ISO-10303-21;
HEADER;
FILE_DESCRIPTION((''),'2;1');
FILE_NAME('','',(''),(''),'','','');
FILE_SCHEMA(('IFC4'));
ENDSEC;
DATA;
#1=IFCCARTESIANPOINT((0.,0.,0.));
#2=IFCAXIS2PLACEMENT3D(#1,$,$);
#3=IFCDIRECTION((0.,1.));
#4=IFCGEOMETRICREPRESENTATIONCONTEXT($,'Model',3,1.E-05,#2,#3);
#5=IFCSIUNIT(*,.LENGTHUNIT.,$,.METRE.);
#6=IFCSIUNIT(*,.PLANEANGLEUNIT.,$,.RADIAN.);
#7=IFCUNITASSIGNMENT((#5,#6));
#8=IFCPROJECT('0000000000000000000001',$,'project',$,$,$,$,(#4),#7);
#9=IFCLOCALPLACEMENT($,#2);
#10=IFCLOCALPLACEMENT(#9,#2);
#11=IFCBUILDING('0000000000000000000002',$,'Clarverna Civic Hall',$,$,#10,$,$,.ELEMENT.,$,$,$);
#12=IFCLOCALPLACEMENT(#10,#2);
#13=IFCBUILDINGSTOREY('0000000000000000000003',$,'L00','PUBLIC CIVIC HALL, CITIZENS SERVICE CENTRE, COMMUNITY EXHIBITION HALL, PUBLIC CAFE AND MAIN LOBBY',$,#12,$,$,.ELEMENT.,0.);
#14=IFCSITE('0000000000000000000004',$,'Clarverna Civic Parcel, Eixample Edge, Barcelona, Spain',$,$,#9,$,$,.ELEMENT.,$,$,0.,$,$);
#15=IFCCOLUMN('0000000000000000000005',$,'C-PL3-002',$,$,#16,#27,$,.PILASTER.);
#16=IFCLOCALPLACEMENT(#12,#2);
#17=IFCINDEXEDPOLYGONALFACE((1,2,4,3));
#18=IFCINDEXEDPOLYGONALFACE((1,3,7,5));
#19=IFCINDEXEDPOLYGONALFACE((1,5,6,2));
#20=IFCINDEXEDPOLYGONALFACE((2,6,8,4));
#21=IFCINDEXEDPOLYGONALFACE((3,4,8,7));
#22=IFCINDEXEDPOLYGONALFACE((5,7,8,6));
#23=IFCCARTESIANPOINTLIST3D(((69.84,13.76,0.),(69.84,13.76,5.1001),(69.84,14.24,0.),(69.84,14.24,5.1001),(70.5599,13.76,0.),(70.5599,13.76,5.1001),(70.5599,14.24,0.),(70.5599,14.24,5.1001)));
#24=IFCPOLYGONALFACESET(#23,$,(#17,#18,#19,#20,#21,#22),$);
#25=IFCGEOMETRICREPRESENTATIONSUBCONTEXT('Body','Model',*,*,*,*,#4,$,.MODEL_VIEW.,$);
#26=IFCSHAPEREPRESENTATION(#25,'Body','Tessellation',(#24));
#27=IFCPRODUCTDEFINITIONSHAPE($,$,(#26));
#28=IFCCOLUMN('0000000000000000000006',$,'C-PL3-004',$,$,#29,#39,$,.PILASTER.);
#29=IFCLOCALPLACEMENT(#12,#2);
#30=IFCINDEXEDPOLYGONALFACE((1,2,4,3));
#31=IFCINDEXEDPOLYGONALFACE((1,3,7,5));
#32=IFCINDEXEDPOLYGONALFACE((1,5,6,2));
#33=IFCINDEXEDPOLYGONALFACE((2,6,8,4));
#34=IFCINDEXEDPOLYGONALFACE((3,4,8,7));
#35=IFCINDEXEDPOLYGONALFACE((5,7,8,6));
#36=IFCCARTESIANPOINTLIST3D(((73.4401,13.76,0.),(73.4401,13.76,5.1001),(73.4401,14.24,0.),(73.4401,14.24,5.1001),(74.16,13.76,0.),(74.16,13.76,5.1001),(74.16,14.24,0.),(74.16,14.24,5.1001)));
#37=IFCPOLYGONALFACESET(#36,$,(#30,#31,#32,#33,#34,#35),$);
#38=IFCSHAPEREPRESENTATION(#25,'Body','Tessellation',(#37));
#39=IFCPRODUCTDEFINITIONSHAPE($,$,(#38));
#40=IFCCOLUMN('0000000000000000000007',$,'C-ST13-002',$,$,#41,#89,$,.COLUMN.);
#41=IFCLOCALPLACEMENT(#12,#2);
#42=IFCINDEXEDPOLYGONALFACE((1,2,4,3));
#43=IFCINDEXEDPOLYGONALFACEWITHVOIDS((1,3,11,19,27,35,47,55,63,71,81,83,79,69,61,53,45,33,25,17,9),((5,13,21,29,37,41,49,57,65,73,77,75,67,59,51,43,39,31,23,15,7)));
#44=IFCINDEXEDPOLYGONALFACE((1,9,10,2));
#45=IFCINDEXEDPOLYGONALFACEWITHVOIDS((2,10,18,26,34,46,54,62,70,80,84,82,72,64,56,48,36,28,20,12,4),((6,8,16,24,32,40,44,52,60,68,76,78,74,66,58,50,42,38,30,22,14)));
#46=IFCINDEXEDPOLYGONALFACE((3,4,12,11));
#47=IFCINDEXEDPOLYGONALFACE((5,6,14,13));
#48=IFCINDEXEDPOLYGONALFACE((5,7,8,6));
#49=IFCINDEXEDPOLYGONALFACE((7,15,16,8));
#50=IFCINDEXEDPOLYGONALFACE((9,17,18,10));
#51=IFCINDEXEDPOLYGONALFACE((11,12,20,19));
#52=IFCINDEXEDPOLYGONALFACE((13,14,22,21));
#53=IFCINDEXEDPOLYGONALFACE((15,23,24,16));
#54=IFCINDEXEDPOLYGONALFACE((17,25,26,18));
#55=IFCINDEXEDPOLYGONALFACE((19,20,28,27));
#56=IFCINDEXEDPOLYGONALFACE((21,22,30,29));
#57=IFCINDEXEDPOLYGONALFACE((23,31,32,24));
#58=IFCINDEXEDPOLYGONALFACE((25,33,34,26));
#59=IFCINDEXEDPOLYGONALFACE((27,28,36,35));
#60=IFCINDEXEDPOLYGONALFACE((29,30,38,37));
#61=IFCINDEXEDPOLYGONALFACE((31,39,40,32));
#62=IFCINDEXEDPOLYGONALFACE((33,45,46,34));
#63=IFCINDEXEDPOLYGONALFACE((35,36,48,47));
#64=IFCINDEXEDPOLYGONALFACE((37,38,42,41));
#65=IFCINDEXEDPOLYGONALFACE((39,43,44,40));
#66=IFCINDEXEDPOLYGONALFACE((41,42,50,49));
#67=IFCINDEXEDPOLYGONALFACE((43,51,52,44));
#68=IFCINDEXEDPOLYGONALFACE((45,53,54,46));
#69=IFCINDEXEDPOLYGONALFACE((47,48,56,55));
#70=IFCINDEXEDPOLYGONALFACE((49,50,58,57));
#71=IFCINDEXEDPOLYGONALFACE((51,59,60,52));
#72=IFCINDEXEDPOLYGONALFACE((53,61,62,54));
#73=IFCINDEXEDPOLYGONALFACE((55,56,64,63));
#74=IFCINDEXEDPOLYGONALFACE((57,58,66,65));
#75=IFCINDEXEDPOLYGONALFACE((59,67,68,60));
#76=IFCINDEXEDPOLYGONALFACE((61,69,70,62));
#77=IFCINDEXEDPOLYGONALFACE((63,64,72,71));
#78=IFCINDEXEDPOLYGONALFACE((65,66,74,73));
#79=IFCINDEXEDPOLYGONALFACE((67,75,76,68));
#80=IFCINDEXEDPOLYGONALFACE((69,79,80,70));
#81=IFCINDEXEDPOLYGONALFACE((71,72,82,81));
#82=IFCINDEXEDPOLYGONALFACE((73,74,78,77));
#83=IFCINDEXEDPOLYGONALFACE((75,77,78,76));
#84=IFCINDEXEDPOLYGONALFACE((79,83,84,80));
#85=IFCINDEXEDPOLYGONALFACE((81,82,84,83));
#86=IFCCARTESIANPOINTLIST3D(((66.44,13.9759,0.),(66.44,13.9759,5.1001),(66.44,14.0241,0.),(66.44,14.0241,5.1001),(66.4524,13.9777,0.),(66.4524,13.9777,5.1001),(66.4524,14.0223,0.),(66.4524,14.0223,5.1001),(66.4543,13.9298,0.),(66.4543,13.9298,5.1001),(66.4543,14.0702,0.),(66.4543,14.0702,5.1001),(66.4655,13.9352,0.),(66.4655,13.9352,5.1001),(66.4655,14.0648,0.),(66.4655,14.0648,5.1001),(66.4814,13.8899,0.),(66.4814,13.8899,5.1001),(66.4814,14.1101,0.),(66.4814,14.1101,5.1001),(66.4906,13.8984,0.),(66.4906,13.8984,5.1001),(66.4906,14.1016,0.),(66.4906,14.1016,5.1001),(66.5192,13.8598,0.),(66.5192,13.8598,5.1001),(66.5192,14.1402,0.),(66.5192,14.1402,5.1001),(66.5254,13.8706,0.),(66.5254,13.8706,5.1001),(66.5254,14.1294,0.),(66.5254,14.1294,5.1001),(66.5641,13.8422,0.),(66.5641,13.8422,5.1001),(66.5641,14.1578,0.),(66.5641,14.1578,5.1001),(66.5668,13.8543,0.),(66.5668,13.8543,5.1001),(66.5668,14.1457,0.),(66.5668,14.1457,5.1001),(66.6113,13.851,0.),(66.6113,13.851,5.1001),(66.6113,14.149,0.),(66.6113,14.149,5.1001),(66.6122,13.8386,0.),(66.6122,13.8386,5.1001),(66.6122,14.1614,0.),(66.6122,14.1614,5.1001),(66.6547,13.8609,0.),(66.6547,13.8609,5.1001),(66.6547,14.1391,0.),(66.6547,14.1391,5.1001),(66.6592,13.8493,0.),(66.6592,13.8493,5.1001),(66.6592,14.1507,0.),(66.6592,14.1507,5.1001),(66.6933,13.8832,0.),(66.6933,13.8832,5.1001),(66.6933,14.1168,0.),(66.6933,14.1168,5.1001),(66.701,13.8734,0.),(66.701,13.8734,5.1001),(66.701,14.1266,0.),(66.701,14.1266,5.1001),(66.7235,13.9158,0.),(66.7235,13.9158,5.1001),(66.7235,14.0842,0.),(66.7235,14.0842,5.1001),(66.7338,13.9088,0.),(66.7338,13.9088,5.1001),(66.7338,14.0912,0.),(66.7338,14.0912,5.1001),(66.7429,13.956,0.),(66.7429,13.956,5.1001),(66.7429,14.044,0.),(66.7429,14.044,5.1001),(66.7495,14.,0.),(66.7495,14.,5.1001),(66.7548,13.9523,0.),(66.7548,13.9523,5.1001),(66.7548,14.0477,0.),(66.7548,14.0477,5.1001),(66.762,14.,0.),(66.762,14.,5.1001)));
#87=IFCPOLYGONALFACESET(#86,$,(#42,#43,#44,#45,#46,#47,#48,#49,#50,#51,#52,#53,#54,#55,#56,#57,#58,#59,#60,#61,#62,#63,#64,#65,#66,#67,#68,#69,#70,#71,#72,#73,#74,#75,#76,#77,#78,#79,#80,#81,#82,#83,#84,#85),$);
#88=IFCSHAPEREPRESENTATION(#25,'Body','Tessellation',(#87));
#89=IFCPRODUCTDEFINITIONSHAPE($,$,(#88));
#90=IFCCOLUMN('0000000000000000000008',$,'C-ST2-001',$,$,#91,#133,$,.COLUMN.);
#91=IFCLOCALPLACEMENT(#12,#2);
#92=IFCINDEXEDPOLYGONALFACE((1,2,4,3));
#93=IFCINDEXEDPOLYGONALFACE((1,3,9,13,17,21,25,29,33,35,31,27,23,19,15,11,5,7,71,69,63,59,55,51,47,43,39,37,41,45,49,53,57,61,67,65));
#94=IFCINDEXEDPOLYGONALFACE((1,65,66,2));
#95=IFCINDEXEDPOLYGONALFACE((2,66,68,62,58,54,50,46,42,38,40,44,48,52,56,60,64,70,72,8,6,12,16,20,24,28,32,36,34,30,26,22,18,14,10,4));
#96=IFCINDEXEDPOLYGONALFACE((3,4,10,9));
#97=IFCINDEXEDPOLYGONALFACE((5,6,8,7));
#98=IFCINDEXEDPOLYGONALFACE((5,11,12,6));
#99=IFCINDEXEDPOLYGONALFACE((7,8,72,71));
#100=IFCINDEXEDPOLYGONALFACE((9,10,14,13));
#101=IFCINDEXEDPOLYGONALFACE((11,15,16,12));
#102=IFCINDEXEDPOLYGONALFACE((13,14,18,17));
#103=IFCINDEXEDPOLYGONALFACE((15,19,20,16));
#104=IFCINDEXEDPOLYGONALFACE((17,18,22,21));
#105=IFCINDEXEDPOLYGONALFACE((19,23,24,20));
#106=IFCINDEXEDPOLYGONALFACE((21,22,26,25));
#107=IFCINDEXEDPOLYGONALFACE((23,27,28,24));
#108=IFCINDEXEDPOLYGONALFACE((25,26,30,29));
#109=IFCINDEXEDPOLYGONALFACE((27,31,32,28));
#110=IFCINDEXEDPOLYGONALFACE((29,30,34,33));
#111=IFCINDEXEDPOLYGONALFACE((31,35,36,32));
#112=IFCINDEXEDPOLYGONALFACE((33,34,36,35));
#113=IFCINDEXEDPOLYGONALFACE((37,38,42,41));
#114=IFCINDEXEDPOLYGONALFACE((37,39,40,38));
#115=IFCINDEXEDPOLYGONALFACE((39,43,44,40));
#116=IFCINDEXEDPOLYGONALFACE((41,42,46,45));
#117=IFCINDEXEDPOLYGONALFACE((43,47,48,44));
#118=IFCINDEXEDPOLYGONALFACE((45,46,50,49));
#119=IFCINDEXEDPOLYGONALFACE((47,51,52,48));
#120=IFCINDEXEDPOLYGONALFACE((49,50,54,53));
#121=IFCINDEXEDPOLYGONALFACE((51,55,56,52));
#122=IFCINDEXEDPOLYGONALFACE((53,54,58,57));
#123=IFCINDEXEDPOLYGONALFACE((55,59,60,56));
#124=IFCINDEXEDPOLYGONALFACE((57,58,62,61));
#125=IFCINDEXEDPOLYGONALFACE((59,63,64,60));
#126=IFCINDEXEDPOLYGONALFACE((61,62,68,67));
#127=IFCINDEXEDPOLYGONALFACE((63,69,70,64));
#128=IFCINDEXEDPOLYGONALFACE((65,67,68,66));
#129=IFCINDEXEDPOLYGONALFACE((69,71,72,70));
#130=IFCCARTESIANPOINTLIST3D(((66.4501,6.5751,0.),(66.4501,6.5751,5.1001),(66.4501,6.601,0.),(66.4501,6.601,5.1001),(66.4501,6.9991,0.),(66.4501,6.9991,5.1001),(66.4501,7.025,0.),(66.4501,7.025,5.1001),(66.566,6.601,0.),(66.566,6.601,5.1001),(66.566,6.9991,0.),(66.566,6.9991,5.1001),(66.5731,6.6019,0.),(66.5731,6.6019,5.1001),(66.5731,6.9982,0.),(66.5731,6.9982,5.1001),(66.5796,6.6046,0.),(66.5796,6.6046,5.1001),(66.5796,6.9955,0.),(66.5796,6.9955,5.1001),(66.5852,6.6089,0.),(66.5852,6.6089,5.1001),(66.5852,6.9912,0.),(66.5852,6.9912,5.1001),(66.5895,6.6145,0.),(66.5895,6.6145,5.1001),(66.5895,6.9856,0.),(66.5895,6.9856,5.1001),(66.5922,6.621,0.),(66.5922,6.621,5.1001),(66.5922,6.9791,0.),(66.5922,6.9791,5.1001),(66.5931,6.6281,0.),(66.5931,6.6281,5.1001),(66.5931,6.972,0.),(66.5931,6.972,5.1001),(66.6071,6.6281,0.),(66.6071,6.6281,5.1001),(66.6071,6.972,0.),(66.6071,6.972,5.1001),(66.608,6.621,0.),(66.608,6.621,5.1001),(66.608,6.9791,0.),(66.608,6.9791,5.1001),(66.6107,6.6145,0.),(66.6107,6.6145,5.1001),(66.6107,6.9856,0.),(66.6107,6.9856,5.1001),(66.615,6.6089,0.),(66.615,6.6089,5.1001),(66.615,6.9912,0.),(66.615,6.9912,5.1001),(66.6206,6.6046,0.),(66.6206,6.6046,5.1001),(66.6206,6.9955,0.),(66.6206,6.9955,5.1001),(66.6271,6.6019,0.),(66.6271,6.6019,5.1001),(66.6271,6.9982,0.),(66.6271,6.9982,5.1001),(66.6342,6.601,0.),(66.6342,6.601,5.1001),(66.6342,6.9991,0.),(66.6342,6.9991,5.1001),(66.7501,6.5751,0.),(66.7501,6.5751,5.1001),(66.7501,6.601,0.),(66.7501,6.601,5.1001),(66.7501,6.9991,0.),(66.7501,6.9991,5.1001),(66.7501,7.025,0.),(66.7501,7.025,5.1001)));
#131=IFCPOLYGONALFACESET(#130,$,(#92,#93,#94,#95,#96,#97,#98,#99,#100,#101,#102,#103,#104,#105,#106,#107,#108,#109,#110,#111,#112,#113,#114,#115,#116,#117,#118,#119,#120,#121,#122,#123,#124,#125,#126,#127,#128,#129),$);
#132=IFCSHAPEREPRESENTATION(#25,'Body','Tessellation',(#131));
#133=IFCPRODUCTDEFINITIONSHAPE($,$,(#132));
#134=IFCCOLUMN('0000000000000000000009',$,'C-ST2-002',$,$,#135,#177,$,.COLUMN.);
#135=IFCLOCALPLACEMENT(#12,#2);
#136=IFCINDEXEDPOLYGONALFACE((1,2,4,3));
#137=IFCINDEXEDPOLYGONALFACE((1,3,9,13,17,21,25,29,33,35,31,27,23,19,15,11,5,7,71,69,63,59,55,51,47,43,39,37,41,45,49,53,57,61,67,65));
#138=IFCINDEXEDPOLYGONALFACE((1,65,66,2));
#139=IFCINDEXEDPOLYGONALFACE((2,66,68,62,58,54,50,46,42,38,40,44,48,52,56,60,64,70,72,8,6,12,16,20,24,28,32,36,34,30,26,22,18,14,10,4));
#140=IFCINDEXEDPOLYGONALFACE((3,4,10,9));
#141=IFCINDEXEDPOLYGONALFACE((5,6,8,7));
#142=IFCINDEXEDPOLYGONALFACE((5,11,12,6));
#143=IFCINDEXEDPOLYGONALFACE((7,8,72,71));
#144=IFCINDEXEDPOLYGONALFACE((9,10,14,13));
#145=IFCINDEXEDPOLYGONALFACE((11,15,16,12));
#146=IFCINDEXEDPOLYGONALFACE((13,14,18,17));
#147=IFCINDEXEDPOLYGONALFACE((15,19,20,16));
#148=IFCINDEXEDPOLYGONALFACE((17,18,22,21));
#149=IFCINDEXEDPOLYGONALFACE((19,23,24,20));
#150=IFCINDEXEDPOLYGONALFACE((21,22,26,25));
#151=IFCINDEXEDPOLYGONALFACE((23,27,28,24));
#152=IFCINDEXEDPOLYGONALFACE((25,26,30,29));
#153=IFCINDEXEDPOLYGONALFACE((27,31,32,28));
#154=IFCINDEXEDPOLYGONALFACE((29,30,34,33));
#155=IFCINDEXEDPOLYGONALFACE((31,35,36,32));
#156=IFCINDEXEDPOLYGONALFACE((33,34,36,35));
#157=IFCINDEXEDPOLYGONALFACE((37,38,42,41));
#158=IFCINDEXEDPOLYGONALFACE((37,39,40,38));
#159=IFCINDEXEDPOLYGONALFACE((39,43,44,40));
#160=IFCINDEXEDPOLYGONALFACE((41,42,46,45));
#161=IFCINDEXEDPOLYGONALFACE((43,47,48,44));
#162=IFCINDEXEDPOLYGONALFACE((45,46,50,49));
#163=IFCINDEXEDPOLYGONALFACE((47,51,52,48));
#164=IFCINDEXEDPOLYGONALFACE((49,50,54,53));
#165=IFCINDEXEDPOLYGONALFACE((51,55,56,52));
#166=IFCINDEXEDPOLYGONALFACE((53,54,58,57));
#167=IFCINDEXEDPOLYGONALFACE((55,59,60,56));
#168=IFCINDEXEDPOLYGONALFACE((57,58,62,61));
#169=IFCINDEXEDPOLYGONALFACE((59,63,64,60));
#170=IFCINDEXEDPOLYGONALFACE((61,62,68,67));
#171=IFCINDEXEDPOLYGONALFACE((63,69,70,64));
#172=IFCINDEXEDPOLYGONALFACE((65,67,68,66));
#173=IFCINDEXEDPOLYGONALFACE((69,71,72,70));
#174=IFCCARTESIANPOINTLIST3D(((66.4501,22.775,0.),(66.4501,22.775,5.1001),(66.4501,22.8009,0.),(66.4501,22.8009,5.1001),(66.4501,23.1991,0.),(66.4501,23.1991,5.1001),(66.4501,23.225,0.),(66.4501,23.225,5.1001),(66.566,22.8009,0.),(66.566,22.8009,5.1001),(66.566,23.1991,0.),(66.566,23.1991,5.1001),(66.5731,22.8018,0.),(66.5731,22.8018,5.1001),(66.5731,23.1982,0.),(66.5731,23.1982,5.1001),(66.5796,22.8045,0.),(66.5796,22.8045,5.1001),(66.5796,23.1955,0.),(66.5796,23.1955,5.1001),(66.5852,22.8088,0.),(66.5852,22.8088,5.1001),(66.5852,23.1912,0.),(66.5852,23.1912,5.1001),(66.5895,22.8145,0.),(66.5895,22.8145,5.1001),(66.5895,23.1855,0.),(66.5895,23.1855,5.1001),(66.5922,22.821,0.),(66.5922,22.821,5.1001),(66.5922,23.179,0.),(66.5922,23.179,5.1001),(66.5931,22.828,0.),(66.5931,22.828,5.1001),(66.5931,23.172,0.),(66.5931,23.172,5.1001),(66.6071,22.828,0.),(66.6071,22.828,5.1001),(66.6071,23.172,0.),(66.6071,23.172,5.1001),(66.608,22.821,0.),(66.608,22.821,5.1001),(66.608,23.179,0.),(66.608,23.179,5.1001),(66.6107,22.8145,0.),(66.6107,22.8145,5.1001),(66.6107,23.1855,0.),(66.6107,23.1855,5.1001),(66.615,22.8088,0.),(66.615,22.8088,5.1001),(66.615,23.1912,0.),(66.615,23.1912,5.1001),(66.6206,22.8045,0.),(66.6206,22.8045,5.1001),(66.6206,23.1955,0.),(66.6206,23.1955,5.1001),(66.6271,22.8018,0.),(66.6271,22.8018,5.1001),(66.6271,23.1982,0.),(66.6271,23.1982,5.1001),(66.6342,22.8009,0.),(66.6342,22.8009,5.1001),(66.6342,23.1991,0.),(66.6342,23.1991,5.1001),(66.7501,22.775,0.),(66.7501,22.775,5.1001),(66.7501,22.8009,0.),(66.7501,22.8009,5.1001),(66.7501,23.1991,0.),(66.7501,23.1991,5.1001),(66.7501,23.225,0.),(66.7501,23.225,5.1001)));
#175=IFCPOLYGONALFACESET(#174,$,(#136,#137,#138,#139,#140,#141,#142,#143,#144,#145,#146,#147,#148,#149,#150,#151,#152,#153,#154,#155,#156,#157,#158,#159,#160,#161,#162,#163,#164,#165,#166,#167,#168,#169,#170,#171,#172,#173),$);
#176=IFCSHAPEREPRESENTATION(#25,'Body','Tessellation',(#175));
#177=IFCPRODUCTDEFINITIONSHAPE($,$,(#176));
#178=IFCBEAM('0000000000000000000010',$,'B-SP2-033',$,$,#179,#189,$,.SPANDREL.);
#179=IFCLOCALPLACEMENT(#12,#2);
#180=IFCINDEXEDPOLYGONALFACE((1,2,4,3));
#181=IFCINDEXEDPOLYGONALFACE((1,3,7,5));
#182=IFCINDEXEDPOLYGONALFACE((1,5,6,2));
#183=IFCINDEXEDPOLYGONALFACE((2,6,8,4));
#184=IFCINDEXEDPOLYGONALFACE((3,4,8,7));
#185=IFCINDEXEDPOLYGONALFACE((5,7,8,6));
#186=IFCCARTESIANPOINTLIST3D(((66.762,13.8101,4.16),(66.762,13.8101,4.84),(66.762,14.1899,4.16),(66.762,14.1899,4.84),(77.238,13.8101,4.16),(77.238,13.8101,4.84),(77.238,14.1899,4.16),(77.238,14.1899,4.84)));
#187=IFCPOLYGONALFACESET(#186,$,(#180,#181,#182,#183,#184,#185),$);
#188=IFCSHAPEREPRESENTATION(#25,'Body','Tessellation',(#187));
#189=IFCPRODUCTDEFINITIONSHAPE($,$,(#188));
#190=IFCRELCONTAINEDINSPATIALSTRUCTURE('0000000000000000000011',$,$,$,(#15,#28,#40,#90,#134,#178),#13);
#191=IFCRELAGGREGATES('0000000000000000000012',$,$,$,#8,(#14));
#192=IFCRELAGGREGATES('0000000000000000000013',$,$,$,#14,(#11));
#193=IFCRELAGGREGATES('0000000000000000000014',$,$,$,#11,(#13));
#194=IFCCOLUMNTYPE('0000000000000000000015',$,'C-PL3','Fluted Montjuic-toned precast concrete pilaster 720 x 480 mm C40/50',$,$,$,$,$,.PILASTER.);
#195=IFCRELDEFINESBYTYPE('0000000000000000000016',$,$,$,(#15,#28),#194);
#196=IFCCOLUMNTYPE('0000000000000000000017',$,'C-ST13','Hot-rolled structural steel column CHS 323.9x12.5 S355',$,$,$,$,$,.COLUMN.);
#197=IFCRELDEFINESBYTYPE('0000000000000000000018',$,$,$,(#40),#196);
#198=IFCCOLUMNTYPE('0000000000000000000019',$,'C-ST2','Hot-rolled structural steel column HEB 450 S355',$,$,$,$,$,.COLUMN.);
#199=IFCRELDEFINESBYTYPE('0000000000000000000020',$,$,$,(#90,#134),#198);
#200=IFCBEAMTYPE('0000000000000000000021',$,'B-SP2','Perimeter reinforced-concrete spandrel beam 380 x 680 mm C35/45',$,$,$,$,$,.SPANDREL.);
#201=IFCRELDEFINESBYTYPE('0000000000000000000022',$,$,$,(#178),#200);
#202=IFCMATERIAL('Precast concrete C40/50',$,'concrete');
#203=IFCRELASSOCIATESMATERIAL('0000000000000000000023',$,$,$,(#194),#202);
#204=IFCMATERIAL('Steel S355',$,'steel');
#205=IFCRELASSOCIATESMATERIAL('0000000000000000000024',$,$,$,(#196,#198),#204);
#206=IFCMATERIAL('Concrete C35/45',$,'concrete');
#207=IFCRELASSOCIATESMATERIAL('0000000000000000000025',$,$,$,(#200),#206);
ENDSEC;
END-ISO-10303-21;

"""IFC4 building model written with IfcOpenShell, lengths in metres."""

from ifc_helpers import new_model, si_unit, direction, frame, origin, origin_2d, place, context, subcontext, project, spatial, rectangle, hollow_circle, i_section, extrude, material, material_profile, profile_set, type_object, element, save


model = new_model("IFC4")

# Units and contexts
model_context = context("Model", 3, precision=1e-05, world=origin(), true_north=direction((0.0, 1.0)))
body_context = subcontext(model_context, "Body", "Model", "MODEL_VIEW")
ifc_project = project(units=[si_unit("LENGTHUNIT", "METRE"), si_unit("PLANEANGLEUNIT", "RADIAN")], contexts=[model_context])

# Site, building, storey
site_placement = place(None, origin())
site = spatial("IfcSite", under=ifc_project, at=site_placement, Name="Clarverna Civic Parcel, Eixample Edge, Barcelona, Spain", CompositionType="ELEMENT", RefElevation=0.0)
building_placement = place(site_placement, origin())
building = spatial("IfcBuilding", under=site, at=building_placement, Name="Clarverna Civic Hall", CompositionType="ELEMENT")
storey_placement = place(building_placement, origin())
storey = spatial("IfcBuildingStorey", under=building, at=storey_placement, Name="L00", Description="PUBLIC CIVIC HALL, CITIZENS SERVICE CENTRE, COMMUNITY EXHIBITION HALL, PUBLIC CAFE AND MAIN LOBBY", CompositionType="ELEMENT", Elevation=0.0)

# Columns
ifc_material_1 = material(Name="Precast concrete C40/50", Category="concrete")
ifc_material_profile_1 = material_profile(ifc_material_1, rectangle(XDim=0.72, YDim=0.48, at=origin_2d()), Name="PILASTER 720x480")
ifc_profile_set_1 = profile_set([ifc_material_profile_1], Name="Precast concrete C40/50")
column_type_1 = type_object("IfcColumnType", Name="C-PL3", Description="Fluted Montjuic-toned precast concrete pilaster 720 x 480 mm C40/50", PredefinedType="PILASTER", material=ifc_profile_set_1)
for number, where, z_axis, x_axis, name in (
    (1, (70.2, 14.0, 0.0), (0.0, 0.0, 1.0), (1.0, 0.0, 0.0), "C-PL3-002"),
    (2, (73.8, 14.0, 0.0), (0.0, 0.0, 1.0), (1.0, 0.0, 0.0), "C-PL3-004"),
):
    element("IfcColumn", number, at=place(storey_placement, frame(where, z_axis=z_axis, x_axis=x_axis)), inside=storey, type_object=column_type_1, Name=name, PredefinedType="PILASTER", context=body_context, shape_type="SweptSolid", body=[
        extrude(rectangle(XDim=0.72, YDim=0.48, at=origin_2d()), origin(), (0.0, 0.0, 1.0), 5.1001),
    ])
ifc_material_2 = material(Name="Steel S355", Category="steel")
ifc_material_profile_2 = material_profile(ifc_material_2, hollow_circle(Radius=0.1619, WallThickness=0.0125, at=origin_2d()), Name="CHS 323.9x12.5")
ifc_profile_set_2 = profile_set([ifc_material_profile_2], Name="Steel S355")
column_type_2 = type_object("IfcColumnType", Name="C-ST13", Description="Hot-rolled structural steel column CHS 323.9x12.5 S355", PredefinedType="COLUMN", material=ifc_profile_set_2)
column_placement = place(storey_placement, frame((66.6001, 14.0, 0.0), z_axis=(0.0, 0.0, 1.0), x_axis=(1.0, 0.0, 0.0)))
element("IfcColumn", 3, at=column_placement, inside=storey, type_object=column_type_2, Name="C-ST13-002", PredefinedType="COLUMN", context=body_context, shape_type="SweptSolid", body=[
    extrude(hollow_circle(Radius=0.1619, WallThickness=0.0125, at=origin_2d()), origin(), (0.0, 0.0, 1.0), 5.1001),
])
ifc_material_profile_3 = material_profile(ifc_material_2, i_section(OverallWidth=0.3, OverallDepth=0.45, WebThickness=0.0139, FlangeThickness=0.0259, FilletRadius=0.0271, at=origin_2d()), Name="HEB 450")
ifc_profile_set_3 = profile_set([ifc_material_profile_3], Name="Steel S355")
column_type_3 = type_object("IfcColumnType", Name="C-ST2", Description="Hot-rolled structural steel column HEB 450 S355", PredefinedType="COLUMN", material=ifc_profile_set_3)
for number, where, z_axis, x_axis, name in (
    (4, (66.6001, 6.8, 0.0), (0.0, 0.0, 1.0), (1.0, 0.0, 0.0), "C-ST2-001"),
    (5, (66.6001, 23.0, 0.0), (0.0, 0.0, 1.0), (1.0, 0.0, 0.0), "C-ST2-002"),
):
    element("IfcColumn", number, at=place(storey_placement, frame(where, z_axis=z_axis, x_axis=x_axis)), inside=storey, type_object=column_type_3, Name=name, PredefinedType="COLUMN", context=body_context, shape_type="SweptSolid", body=[
        extrude(i_section(OverallWidth=0.3, OverallDepth=0.45, WebThickness=0.0139, FlangeThickness=0.0259, FilletRadius=0.0271, at=origin_2d()), origin(), (0.0, 0.0, 1.0), 5.1001),
    ])

# Beam
ifc_material_3 = material(Name="Concrete C35/45", Category="concrete")
ifc_material_profile_4 = material_profile(ifc_material_3, rectangle(XDim=0.3799, YDim=0.6799, at=origin_2d()), Name="RC 380x680")
ifc_profile_set_4 = profile_set([ifc_material_profile_4], Name="Concrete C35/45")
beam_type_1 = type_object("IfcBeamType", Name="B-SP2", Description="Perimeter reinforced-concrete spandrel beam 380 x 680 mm C35/45", PredefinedType="SPANDREL", material=ifc_profile_set_4)
beam_1_placement = place(storey_placement, frame((66.762, 14.0, 4.5), z_axis=(1.0, 0.0, 0.0), x_axis=(0.0, 1.0, 0.0)))
element("IfcBeam", 6, at=beam_1_placement, inside=storey, type_object=beam_type_1, Name="B-SP2-033", PredefinedType="SPANDREL", context=body_context, shape_type="SweptSolid", body=[
    extrude(rectangle(XDim=0.3799, YDim=0.6799, at=origin_2d()), origin(), (0.0, 0.0, 1.0), 10.4761),
])

save(model, "model.ifc")
